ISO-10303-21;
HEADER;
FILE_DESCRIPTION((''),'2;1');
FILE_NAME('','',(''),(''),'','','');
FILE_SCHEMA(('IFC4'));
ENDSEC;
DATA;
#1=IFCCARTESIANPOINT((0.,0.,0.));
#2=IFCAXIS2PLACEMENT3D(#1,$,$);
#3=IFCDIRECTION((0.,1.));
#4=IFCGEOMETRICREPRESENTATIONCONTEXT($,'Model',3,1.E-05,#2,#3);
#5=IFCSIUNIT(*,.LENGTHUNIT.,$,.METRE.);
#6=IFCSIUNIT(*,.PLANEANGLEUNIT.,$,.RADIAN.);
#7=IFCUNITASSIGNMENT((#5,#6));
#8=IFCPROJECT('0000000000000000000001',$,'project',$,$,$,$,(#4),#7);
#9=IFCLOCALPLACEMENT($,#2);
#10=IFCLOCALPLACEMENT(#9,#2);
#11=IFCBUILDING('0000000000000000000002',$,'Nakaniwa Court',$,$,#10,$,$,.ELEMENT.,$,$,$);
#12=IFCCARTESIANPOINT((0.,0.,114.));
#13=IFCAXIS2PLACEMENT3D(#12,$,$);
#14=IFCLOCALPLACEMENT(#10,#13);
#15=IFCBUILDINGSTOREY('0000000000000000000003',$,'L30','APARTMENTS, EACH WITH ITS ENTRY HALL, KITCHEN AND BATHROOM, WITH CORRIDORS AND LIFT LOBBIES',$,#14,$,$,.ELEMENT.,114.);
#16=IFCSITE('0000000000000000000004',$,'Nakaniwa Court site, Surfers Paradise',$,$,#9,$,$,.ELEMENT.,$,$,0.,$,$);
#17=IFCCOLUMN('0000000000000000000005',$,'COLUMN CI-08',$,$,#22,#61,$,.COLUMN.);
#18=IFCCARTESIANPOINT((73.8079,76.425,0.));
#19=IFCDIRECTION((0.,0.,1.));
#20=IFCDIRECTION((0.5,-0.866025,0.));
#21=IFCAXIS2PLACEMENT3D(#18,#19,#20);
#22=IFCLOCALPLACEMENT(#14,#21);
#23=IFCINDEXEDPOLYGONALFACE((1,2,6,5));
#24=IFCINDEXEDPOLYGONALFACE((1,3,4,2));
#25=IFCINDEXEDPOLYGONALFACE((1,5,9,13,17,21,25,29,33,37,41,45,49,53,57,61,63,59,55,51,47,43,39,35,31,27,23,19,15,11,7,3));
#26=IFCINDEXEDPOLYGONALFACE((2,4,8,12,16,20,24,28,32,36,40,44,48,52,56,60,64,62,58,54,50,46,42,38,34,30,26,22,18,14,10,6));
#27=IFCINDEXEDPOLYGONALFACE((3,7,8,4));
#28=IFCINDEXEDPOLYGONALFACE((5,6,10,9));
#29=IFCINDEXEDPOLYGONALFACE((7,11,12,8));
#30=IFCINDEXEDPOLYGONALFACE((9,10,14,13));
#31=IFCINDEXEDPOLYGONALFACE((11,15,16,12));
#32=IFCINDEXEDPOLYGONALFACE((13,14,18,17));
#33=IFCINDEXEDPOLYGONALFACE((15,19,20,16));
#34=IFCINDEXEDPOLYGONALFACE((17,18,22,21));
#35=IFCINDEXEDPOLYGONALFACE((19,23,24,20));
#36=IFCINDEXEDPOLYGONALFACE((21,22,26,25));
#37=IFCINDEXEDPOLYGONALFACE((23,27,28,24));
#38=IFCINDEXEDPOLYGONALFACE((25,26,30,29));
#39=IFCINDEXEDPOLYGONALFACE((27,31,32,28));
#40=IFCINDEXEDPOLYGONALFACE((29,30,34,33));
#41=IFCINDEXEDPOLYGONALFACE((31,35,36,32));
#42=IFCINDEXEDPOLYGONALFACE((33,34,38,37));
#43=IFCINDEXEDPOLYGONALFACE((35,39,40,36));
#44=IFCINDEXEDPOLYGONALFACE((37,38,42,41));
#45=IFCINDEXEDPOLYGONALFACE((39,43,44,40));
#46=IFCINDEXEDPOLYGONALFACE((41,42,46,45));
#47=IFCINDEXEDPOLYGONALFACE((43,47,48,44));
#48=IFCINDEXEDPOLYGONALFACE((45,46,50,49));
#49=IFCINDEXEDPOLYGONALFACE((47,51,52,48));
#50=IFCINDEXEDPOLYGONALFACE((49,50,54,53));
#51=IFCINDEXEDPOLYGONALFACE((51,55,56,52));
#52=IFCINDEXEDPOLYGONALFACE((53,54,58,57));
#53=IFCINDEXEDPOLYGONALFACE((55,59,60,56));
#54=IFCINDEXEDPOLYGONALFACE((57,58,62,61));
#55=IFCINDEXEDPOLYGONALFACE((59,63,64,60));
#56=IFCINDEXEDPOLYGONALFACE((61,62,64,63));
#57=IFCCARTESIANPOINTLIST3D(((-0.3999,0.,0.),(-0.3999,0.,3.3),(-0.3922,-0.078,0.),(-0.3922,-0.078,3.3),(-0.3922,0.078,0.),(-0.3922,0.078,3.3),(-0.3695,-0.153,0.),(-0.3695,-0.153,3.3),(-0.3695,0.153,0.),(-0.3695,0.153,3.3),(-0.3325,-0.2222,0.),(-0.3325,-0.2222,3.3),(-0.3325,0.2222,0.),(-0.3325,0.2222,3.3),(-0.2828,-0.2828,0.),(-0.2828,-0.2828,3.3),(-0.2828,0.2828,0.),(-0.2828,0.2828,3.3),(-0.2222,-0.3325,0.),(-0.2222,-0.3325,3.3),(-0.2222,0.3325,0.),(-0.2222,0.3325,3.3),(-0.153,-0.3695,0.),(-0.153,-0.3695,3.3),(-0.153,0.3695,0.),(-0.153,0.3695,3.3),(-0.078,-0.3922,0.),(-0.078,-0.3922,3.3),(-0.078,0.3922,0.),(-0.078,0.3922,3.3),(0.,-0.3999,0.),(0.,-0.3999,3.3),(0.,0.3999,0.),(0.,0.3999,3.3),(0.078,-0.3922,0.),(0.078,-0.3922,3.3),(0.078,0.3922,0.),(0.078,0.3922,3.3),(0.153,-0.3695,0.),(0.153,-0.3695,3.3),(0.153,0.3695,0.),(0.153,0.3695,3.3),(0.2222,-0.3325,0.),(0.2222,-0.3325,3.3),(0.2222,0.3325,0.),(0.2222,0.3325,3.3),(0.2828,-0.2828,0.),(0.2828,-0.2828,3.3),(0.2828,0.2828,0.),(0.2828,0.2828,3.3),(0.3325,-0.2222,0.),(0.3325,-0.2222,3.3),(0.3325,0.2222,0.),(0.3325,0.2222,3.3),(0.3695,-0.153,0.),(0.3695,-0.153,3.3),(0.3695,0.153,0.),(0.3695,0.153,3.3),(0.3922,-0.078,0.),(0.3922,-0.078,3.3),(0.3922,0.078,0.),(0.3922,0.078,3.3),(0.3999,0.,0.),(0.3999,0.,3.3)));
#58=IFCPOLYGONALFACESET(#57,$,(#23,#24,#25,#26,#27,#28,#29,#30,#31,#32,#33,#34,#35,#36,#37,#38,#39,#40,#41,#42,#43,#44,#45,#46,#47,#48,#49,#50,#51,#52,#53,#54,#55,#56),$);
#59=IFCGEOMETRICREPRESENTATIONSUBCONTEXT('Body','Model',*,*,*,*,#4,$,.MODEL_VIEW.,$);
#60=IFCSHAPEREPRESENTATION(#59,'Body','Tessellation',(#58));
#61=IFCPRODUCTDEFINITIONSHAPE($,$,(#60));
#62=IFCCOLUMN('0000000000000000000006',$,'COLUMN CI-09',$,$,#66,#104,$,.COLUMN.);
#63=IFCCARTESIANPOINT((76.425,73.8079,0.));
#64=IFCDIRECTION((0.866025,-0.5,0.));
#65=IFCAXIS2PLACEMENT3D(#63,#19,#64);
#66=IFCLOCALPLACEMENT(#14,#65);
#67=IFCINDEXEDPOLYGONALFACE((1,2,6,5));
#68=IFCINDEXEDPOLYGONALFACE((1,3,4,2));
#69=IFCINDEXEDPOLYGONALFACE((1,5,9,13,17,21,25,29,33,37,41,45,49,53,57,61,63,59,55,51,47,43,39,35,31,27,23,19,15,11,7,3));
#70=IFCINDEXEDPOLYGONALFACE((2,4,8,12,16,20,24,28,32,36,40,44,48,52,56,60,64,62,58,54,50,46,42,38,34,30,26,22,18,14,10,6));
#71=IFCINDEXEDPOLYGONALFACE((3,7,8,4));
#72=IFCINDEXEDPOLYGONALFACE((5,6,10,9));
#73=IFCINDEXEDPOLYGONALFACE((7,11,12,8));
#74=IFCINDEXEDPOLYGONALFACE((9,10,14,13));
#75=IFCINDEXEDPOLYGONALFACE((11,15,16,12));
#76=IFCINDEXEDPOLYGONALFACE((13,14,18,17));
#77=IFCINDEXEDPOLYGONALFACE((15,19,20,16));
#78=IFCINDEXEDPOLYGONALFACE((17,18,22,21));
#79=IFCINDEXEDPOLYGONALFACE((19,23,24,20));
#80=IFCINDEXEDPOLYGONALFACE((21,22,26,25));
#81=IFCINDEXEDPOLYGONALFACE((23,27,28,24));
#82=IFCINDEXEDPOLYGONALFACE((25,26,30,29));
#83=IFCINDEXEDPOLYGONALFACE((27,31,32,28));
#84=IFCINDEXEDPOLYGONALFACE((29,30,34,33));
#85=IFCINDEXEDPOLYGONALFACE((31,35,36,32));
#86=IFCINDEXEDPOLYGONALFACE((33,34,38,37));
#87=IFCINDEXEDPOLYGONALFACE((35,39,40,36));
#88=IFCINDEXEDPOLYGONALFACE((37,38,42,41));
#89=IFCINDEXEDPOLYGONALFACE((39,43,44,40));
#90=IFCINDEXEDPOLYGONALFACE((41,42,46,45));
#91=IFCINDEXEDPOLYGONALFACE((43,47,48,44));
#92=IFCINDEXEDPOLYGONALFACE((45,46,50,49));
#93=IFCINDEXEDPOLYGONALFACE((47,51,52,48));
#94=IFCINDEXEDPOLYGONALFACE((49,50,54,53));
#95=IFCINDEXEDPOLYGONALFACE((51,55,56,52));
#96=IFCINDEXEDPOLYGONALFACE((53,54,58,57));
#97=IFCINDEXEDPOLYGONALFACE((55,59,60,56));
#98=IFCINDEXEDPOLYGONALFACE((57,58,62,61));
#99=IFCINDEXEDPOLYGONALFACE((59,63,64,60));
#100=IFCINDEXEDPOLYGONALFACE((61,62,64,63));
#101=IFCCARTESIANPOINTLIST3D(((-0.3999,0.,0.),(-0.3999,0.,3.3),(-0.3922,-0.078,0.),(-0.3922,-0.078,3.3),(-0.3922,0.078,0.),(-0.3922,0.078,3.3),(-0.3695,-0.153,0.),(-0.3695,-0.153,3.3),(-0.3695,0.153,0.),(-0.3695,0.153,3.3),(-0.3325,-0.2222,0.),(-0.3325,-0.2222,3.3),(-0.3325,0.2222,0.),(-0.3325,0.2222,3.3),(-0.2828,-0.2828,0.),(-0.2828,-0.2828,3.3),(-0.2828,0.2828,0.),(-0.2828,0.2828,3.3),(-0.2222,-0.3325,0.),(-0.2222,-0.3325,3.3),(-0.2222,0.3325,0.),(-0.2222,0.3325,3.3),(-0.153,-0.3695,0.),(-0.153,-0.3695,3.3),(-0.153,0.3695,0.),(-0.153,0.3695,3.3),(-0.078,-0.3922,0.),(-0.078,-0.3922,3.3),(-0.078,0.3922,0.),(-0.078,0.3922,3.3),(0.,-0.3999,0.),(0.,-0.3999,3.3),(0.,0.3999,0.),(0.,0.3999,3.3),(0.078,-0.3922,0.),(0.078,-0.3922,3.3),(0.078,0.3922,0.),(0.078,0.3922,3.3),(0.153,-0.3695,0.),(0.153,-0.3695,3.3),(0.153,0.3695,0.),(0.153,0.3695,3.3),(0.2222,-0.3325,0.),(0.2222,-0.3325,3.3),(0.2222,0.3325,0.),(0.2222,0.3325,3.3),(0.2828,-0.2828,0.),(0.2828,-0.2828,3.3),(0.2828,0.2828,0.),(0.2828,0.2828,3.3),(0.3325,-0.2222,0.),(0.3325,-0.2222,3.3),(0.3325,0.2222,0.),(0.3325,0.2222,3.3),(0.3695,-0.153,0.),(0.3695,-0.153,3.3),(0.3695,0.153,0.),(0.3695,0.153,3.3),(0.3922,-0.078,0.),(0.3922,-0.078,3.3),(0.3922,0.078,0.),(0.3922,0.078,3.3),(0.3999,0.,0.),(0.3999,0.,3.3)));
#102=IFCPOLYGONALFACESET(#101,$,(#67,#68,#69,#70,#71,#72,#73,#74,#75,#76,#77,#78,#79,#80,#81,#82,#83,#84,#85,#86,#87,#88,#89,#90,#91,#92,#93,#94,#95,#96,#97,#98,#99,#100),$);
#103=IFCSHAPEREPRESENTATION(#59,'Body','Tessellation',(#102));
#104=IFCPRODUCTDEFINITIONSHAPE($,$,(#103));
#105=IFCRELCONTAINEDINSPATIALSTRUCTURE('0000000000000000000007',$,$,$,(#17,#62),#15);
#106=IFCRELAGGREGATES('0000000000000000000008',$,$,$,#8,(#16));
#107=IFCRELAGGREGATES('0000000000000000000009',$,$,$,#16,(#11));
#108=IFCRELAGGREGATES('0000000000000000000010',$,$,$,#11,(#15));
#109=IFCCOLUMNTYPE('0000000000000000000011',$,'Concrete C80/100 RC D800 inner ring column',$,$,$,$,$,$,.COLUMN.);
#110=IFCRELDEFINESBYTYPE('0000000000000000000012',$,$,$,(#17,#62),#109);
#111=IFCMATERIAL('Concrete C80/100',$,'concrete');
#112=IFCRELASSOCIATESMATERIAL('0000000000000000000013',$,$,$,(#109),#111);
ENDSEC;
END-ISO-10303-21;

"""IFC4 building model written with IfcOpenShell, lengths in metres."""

from ifc_helpers import new_model, si_unit, direction, frame, origin, origin_2d, place, context, subcontext, project, spatial, circle, extrude, material, material_profile, profile_set, type_object, element, save


model = new_model("IFC4")

# Units and contexts
model_context = context("Model", 3, precision=1e-05, world=origin(), true_north=direction((0.0, 1.0)))
body_context = subcontext(model_context, "Body", "Model", "MODEL_VIEW")
ifc_project = project(units=[si_unit("LENGTHUNIT", "METRE"), si_unit("PLANEANGLEUNIT", "RADIAN")], contexts=[model_context])

# Site, building, storey
site_placement = place(None, origin())
site = spatial("IfcSite", under=ifc_project, at=site_placement, Name="Nakaniwa Court site, Surfers Paradise", CompositionType="ELEMENT", RefElevation=0.0)
building_placement = place(site_placement, origin())
building = spatial("IfcBuilding", under=site, at=building_placement, Name="Nakaniwa Court", CompositionType="ELEMENT")
storey_placement = place(building_placement, frame((0.0, 0.0, 114.0)))
storey = spatial("IfcBuildingStorey", under=building, at=storey_placement, Name="L30", Description="APARTMENTS, EACH WITH ITS ENTRY HALL, KITCHEN AND BATHROOM, WITH CORRIDORS AND LIFT LOBBIES", CompositionType="ELEMENT", Elevation=114.0)

# Columns
ifc_material_1 = material(Name="Concrete C80/100", Category="concrete")
ifc_material_profile_1 = material_profile(ifc_material_1, circle(Radius=0.3999, at=origin_2d()), Name="Concrete C80/100 RC D800 inner ring column")
ifc_profile_set_1 = profile_set([ifc_material_profile_1], Name="Concrete C80/100")
column_type_1 = type_object("IfcColumnType", Name="Concrete C80/100 RC D800 inner ring column", PredefinedType="COLUMN", material=ifc_profile_set_1)
for number, where, z_axis, x_axis, name in (
    (1, (73.8079, 76.425, 0.0), (0.0, 0.0, 1.0), (0.5, -0.866025, 0.0), "COLUMN CI-08"),
    (2, (76.425, 73.8079, 0.0), (0.0, 0.0, 1.0), (0.866025, -0.5, 0.0), "COLUMN CI-09"),
):
    element("IfcColumn", number, at=place(storey_placement, frame(where, z_axis=z_axis, x_axis=x_axis)), inside=storey, type_object=column_type_1, Name=name, PredefinedType="COLUMN", context=body_context, shape_type="SweptSolid", body=[
        extrude(circle(Radius=0.3999, at=origin_2d()), origin(), (0.0, 0.0, 1.0), 3.3),
    ])

save(model, "model.ifc")
